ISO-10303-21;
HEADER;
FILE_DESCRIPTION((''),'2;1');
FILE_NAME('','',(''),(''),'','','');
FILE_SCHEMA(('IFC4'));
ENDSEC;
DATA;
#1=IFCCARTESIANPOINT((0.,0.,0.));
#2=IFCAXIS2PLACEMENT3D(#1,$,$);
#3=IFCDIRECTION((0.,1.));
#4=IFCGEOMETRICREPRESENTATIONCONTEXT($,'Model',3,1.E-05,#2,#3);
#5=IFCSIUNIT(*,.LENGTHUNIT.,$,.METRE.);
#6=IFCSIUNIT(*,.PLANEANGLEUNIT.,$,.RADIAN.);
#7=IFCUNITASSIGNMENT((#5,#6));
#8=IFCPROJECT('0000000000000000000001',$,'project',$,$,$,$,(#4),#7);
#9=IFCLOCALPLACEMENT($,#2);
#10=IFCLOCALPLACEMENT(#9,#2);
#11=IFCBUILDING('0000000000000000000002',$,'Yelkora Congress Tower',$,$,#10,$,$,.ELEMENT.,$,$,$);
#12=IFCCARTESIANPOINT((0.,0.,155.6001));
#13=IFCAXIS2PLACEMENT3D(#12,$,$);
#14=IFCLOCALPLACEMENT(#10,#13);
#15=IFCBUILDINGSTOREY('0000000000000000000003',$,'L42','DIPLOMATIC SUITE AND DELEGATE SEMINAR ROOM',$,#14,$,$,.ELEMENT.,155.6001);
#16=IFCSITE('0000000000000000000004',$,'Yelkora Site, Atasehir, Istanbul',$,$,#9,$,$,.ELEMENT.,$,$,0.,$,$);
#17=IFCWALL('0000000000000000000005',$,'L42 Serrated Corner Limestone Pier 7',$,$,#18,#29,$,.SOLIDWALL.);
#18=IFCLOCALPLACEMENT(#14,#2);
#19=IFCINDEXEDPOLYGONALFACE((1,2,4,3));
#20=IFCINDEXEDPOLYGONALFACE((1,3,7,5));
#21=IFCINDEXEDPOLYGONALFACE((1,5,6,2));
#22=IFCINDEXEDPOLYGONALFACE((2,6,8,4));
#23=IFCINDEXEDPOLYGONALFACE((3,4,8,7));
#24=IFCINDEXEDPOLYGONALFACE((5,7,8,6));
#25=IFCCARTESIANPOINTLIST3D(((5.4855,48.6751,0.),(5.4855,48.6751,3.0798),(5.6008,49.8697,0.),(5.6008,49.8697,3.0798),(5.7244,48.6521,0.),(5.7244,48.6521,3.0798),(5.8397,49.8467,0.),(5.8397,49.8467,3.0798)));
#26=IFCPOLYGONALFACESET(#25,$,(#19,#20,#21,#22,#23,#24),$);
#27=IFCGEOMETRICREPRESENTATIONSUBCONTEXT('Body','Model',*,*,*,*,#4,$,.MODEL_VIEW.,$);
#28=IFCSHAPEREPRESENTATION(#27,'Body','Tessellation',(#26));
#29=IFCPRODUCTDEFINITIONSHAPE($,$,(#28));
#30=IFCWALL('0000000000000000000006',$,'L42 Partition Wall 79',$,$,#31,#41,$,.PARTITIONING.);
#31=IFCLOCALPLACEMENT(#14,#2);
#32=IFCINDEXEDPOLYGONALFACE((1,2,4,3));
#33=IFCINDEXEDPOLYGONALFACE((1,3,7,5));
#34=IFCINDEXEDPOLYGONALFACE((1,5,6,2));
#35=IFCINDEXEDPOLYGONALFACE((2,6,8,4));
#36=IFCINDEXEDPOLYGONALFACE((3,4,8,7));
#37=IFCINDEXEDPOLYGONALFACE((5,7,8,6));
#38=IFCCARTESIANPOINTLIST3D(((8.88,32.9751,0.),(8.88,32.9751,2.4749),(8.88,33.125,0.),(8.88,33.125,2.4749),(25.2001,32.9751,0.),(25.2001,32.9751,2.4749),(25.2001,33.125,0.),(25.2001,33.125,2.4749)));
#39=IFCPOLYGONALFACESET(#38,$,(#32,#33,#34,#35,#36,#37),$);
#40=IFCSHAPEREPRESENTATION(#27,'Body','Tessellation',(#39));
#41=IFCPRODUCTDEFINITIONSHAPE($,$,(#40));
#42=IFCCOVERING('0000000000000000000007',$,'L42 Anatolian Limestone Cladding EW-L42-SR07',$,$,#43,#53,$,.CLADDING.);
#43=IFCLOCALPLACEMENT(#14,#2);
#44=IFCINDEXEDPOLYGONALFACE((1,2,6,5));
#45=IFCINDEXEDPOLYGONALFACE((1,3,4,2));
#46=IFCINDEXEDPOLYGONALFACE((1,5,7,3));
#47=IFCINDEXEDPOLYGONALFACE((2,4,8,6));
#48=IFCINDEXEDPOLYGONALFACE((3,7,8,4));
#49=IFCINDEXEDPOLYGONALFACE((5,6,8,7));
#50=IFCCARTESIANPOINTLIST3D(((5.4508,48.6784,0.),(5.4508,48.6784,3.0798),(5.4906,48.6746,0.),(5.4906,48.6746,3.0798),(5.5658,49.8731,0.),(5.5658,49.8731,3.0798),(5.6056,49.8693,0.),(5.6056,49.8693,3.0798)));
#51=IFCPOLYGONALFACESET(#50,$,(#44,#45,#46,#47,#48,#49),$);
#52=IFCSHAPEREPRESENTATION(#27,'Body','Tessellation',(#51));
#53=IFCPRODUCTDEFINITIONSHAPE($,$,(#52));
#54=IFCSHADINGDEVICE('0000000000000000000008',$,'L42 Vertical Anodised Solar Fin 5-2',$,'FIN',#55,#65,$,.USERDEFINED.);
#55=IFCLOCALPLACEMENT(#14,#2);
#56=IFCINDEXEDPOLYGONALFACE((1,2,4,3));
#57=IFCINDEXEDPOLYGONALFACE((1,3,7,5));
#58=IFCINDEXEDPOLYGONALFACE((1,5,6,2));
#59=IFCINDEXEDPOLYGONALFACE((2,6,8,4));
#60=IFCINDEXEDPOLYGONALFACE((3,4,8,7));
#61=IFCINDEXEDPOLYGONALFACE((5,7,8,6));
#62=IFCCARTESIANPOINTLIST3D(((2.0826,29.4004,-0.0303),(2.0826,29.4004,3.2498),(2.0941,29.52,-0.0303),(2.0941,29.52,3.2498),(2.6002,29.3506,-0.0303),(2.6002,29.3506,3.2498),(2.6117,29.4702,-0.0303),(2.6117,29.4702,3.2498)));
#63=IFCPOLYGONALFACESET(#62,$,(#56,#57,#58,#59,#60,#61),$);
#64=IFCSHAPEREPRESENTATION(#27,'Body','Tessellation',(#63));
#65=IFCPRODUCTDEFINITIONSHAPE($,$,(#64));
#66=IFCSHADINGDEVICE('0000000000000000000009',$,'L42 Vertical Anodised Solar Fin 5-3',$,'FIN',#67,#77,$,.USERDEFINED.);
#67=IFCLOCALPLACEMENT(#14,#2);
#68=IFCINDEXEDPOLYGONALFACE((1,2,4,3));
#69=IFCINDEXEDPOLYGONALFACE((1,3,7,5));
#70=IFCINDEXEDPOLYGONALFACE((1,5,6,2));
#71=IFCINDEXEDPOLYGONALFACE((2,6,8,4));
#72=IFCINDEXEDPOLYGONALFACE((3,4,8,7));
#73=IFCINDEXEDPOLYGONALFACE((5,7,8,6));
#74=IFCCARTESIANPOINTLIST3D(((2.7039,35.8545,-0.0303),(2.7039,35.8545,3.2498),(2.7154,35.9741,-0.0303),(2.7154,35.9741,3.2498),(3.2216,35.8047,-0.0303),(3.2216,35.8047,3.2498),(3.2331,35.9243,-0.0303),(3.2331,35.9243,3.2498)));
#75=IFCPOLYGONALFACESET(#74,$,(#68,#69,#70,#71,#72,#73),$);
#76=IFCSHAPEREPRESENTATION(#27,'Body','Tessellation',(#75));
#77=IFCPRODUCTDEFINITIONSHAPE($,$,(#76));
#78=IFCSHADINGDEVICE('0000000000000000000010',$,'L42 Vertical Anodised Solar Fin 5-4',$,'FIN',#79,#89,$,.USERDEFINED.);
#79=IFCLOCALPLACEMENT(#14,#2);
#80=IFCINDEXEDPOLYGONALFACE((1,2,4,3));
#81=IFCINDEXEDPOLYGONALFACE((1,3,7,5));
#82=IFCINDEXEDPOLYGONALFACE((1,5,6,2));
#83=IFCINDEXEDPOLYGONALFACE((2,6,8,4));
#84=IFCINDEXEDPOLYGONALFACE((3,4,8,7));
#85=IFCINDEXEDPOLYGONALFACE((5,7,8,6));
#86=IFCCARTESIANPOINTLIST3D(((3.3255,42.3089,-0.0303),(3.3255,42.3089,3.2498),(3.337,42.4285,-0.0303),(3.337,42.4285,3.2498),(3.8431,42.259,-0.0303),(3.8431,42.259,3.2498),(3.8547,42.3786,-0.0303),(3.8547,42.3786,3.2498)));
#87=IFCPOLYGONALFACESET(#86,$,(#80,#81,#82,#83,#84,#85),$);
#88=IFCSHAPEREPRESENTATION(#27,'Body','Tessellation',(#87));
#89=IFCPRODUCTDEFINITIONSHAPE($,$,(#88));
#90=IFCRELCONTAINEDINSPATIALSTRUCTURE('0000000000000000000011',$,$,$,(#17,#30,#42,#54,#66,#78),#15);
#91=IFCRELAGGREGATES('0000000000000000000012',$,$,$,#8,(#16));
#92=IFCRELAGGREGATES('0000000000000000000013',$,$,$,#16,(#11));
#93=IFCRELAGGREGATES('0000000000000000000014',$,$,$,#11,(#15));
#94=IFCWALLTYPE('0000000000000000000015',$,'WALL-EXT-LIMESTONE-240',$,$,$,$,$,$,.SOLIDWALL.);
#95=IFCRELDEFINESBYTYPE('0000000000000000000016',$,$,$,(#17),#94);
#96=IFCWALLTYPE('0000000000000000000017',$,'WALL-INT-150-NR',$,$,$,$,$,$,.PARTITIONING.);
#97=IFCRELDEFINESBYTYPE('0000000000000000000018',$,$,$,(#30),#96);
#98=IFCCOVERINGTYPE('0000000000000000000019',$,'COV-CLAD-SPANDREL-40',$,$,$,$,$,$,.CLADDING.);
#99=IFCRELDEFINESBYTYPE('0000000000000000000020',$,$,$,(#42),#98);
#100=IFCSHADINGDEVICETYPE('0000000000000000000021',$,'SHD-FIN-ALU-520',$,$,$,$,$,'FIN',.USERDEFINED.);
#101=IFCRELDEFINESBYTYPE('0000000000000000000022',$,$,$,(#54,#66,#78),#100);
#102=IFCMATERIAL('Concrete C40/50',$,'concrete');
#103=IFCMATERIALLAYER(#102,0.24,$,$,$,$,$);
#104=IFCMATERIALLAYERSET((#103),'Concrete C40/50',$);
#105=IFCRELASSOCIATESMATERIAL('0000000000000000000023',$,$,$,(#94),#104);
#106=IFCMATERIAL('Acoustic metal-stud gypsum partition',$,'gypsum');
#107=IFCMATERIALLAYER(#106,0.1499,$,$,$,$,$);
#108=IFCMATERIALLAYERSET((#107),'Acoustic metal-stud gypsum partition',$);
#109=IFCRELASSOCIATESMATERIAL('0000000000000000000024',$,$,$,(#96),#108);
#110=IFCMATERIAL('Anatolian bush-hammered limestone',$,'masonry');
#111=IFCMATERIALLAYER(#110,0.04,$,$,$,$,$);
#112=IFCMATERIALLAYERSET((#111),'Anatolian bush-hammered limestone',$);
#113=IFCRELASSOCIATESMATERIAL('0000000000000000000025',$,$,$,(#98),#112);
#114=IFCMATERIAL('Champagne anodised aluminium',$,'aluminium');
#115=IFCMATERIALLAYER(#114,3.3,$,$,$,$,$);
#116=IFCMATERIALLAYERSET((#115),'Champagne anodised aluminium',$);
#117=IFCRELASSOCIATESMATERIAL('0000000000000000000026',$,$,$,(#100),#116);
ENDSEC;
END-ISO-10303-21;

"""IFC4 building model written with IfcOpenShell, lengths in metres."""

from ifc_helpers import new_model, si_unit, direction, frame, frame_2d, origin, origin_2d, place, context, subcontext, project, spatial, rectangle, extrude, material, layer, layer_set, type_object, element, save


model = new_model("IFC4")

# Units and contexts
model_context = context("Model", 3, precision=1e-05, world=origin(), true_north=direction((0.0, 1.0)))
body_context = subcontext(model_context, "Body", "Model", "MODEL_VIEW")
ifc_project = project(units=[si_unit("LENGTHUNIT", "METRE"), si_unit("PLANEANGLEUNIT", "RADIAN")], contexts=[model_context])

# Site, building, storey
site_placement = place(None, origin())
site = spatial("IfcSite", under=ifc_project, at=site_placement, Name="Yelkora Site, Atasehir, Istanbul", CompositionType="ELEMENT", RefElevation=0.0)
building_placement = place(site_placement, origin())
building = spatial("IfcBuilding", under=site, at=building_placement, Name="Yelkora Congress Tower", CompositionType="ELEMENT")
storey_placement = place(building_placement, frame((0.0, 0.0, 155.6001)))
storey = spatial("IfcBuildingStorey", under=building, at=storey_placement, Name="L42", Description="DIPLOMATIC SUITE AND DELEGATE SEMINAR ROOM", CompositionType="ELEMENT", Elevation=155.6001)

# Walls
ifc_material_1 = material(Name="Concrete C40/50", Category="concrete")
ifc_layer_1 = layer(ifc_material_1, 0.24)
ifc_layer_set_1 = layer_set([ifc_layer_1], Name="Concrete C40/50")
wall_type_1 = type_object("IfcWallType", Name="WALL-EXT-LIMESTONE-240", PredefinedType="SOLIDWALL", material=ifc_layer_set_1)
wall_1_placement = place(storey_placement, frame((5.605, 48.6636, 0.0), z_axis=(0.0, 0.0, 1.0), x_axis=(0.096019, 0.99538, 0.0)))
element("IfcWall", 1, at=wall_1_placement, inside=storey, type_object=wall_type_1, Name="L42 Serrated Corner Limestone Pier 7", PredefinedType="SOLIDWALL", context=body_context, shape_type="SweptSolid", body=[
    extrude(rectangle(XDim=1.2002, YDim=0.24, at=frame_2d((0.6001, 0.0))), origin(), (0.0, 0.0, 1.0), 3.0798),
])
ifc_material_2 = material(Name="Acoustic metal-stud gypsum partition", Category="gypsum")
ifc_layer_2 = layer(ifc_material_2, 0.1499)
ifc_layer_set_2 = layer_set([ifc_layer_2], Name="Acoustic metal-stud gypsum partition")
wall_type_2 = type_object("IfcWallType", Name="WALL-INT-150-NR", PredefinedType="PARTITIONING", material=ifc_layer_set_2)
wall_2_placement = place(storey_placement, frame((8.8799, 33.05, 0.0), z_axis=(0.0, 0.0, 1.0), x_axis=(1.0, 0.0, 0.0)))
element("IfcWall", 2, at=wall_2_placement, inside=storey, type_object=wall_type_2, Name="L42 Partition Wall 79", PredefinedType="PARTITIONING", context=body_context, shape_type="SweptSolid", body=[
    extrude(rectangle(XDim=16.3201, YDim=0.1499, at=frame_2d((8.1602, 0.0))), origin(), (0.0, 0.0, 1.0), 2.4749),
])

# Covering
ifc_material_3 = material(Name="Anatolian bush-hammered limestone", Category="masonry")
ifc_layer_3 = layer(ifc_material_3, 0.04)
ifc_layer_set_3 = layer_set([ifc_layer_3], Name="Anatolian bush-hammered limestone")
covering_type = type_object("IfcCoveringType", Name="COV-CLAD-SPANDREL-40", PredefinedType="CLADDING", material=ifc_layer_set_3)
covering_placement = place(storey_placement, frame((5.4707, 48.6765, 0.0), z_axis=(0.0, 0.0, 1.0), x_axis=(0.095817, 0.995399, 0.0)))
element("IfcCovering", 3, at=covering_placement, inside=storey, type_object=covering_type, Name="L42 Anatolian Limestone Cladding EW-L42-SR07", PredefinedType="CLADDING", context=body_context, shape_type="SweptSolid", body=[
    extrude(rectangle(XDim=1.2002, YDim=0.04, at=frame_2d((0.6001, 0.0))), origin(), (0.0, 0.0, 1.0), 3.0798),
])

# Shading devices
ifc_material_4 = material(Name="Champagne anodised aluminium", Category="aluminium")
ifc_layer_4 = layer(ifc_material_4, 3.3)
ifc_layer_set_4 = layer_set([ifc_layer_4], Name="Champagne anodised aluminium")
shading_device_type = type_object("IfcShadingDeviceType", Name="SHD-FIN-ALU-520", ElementType="FIN", PredefinedType="USERDEFINED", material=ifc_layer_set_4)
for number, where, z_axis, x_axis, name in (
    (4, (2.3472, 29.4353, -0.0303), (0.0, 0.0, 1.0), (0.095846, 0.995396, 0.0), "L42 Vertical Anodised Solar Fin 5-2"),
    (5, (2.9685, 35.8894, -0.0303), (0.0, 0.0, 1.0), (0.095846, 0.995396, 0.0), "L42 Vertical Anodised Solar Fin 5-3"),
    (6, (3.5901, 42.3438, -0.0303), (0.0, 0.0, 1.0), (0.095846, 0.995396, 0.0), "L42 Vertical Anodised Solar Fin 5-4"),
):
    element("IfcShadingDevice", number, at=place(storey_placement, frame(where, z_axis=z_axis, x_axis=x_axis)), inside=storey, type_object=shading_device_type, Name=name, ObjectType="FIN", PredefinedType="USERDEFINED", context=body_context, shape_type="SweptSolid", body=[
        extrude(rectangle(XDim=0.1201, YDim=0.52, at=origin_2d()), origin(), (0.0, 0.0, 1.0), 3.28),
    ])

save(model, "model.ifc")
